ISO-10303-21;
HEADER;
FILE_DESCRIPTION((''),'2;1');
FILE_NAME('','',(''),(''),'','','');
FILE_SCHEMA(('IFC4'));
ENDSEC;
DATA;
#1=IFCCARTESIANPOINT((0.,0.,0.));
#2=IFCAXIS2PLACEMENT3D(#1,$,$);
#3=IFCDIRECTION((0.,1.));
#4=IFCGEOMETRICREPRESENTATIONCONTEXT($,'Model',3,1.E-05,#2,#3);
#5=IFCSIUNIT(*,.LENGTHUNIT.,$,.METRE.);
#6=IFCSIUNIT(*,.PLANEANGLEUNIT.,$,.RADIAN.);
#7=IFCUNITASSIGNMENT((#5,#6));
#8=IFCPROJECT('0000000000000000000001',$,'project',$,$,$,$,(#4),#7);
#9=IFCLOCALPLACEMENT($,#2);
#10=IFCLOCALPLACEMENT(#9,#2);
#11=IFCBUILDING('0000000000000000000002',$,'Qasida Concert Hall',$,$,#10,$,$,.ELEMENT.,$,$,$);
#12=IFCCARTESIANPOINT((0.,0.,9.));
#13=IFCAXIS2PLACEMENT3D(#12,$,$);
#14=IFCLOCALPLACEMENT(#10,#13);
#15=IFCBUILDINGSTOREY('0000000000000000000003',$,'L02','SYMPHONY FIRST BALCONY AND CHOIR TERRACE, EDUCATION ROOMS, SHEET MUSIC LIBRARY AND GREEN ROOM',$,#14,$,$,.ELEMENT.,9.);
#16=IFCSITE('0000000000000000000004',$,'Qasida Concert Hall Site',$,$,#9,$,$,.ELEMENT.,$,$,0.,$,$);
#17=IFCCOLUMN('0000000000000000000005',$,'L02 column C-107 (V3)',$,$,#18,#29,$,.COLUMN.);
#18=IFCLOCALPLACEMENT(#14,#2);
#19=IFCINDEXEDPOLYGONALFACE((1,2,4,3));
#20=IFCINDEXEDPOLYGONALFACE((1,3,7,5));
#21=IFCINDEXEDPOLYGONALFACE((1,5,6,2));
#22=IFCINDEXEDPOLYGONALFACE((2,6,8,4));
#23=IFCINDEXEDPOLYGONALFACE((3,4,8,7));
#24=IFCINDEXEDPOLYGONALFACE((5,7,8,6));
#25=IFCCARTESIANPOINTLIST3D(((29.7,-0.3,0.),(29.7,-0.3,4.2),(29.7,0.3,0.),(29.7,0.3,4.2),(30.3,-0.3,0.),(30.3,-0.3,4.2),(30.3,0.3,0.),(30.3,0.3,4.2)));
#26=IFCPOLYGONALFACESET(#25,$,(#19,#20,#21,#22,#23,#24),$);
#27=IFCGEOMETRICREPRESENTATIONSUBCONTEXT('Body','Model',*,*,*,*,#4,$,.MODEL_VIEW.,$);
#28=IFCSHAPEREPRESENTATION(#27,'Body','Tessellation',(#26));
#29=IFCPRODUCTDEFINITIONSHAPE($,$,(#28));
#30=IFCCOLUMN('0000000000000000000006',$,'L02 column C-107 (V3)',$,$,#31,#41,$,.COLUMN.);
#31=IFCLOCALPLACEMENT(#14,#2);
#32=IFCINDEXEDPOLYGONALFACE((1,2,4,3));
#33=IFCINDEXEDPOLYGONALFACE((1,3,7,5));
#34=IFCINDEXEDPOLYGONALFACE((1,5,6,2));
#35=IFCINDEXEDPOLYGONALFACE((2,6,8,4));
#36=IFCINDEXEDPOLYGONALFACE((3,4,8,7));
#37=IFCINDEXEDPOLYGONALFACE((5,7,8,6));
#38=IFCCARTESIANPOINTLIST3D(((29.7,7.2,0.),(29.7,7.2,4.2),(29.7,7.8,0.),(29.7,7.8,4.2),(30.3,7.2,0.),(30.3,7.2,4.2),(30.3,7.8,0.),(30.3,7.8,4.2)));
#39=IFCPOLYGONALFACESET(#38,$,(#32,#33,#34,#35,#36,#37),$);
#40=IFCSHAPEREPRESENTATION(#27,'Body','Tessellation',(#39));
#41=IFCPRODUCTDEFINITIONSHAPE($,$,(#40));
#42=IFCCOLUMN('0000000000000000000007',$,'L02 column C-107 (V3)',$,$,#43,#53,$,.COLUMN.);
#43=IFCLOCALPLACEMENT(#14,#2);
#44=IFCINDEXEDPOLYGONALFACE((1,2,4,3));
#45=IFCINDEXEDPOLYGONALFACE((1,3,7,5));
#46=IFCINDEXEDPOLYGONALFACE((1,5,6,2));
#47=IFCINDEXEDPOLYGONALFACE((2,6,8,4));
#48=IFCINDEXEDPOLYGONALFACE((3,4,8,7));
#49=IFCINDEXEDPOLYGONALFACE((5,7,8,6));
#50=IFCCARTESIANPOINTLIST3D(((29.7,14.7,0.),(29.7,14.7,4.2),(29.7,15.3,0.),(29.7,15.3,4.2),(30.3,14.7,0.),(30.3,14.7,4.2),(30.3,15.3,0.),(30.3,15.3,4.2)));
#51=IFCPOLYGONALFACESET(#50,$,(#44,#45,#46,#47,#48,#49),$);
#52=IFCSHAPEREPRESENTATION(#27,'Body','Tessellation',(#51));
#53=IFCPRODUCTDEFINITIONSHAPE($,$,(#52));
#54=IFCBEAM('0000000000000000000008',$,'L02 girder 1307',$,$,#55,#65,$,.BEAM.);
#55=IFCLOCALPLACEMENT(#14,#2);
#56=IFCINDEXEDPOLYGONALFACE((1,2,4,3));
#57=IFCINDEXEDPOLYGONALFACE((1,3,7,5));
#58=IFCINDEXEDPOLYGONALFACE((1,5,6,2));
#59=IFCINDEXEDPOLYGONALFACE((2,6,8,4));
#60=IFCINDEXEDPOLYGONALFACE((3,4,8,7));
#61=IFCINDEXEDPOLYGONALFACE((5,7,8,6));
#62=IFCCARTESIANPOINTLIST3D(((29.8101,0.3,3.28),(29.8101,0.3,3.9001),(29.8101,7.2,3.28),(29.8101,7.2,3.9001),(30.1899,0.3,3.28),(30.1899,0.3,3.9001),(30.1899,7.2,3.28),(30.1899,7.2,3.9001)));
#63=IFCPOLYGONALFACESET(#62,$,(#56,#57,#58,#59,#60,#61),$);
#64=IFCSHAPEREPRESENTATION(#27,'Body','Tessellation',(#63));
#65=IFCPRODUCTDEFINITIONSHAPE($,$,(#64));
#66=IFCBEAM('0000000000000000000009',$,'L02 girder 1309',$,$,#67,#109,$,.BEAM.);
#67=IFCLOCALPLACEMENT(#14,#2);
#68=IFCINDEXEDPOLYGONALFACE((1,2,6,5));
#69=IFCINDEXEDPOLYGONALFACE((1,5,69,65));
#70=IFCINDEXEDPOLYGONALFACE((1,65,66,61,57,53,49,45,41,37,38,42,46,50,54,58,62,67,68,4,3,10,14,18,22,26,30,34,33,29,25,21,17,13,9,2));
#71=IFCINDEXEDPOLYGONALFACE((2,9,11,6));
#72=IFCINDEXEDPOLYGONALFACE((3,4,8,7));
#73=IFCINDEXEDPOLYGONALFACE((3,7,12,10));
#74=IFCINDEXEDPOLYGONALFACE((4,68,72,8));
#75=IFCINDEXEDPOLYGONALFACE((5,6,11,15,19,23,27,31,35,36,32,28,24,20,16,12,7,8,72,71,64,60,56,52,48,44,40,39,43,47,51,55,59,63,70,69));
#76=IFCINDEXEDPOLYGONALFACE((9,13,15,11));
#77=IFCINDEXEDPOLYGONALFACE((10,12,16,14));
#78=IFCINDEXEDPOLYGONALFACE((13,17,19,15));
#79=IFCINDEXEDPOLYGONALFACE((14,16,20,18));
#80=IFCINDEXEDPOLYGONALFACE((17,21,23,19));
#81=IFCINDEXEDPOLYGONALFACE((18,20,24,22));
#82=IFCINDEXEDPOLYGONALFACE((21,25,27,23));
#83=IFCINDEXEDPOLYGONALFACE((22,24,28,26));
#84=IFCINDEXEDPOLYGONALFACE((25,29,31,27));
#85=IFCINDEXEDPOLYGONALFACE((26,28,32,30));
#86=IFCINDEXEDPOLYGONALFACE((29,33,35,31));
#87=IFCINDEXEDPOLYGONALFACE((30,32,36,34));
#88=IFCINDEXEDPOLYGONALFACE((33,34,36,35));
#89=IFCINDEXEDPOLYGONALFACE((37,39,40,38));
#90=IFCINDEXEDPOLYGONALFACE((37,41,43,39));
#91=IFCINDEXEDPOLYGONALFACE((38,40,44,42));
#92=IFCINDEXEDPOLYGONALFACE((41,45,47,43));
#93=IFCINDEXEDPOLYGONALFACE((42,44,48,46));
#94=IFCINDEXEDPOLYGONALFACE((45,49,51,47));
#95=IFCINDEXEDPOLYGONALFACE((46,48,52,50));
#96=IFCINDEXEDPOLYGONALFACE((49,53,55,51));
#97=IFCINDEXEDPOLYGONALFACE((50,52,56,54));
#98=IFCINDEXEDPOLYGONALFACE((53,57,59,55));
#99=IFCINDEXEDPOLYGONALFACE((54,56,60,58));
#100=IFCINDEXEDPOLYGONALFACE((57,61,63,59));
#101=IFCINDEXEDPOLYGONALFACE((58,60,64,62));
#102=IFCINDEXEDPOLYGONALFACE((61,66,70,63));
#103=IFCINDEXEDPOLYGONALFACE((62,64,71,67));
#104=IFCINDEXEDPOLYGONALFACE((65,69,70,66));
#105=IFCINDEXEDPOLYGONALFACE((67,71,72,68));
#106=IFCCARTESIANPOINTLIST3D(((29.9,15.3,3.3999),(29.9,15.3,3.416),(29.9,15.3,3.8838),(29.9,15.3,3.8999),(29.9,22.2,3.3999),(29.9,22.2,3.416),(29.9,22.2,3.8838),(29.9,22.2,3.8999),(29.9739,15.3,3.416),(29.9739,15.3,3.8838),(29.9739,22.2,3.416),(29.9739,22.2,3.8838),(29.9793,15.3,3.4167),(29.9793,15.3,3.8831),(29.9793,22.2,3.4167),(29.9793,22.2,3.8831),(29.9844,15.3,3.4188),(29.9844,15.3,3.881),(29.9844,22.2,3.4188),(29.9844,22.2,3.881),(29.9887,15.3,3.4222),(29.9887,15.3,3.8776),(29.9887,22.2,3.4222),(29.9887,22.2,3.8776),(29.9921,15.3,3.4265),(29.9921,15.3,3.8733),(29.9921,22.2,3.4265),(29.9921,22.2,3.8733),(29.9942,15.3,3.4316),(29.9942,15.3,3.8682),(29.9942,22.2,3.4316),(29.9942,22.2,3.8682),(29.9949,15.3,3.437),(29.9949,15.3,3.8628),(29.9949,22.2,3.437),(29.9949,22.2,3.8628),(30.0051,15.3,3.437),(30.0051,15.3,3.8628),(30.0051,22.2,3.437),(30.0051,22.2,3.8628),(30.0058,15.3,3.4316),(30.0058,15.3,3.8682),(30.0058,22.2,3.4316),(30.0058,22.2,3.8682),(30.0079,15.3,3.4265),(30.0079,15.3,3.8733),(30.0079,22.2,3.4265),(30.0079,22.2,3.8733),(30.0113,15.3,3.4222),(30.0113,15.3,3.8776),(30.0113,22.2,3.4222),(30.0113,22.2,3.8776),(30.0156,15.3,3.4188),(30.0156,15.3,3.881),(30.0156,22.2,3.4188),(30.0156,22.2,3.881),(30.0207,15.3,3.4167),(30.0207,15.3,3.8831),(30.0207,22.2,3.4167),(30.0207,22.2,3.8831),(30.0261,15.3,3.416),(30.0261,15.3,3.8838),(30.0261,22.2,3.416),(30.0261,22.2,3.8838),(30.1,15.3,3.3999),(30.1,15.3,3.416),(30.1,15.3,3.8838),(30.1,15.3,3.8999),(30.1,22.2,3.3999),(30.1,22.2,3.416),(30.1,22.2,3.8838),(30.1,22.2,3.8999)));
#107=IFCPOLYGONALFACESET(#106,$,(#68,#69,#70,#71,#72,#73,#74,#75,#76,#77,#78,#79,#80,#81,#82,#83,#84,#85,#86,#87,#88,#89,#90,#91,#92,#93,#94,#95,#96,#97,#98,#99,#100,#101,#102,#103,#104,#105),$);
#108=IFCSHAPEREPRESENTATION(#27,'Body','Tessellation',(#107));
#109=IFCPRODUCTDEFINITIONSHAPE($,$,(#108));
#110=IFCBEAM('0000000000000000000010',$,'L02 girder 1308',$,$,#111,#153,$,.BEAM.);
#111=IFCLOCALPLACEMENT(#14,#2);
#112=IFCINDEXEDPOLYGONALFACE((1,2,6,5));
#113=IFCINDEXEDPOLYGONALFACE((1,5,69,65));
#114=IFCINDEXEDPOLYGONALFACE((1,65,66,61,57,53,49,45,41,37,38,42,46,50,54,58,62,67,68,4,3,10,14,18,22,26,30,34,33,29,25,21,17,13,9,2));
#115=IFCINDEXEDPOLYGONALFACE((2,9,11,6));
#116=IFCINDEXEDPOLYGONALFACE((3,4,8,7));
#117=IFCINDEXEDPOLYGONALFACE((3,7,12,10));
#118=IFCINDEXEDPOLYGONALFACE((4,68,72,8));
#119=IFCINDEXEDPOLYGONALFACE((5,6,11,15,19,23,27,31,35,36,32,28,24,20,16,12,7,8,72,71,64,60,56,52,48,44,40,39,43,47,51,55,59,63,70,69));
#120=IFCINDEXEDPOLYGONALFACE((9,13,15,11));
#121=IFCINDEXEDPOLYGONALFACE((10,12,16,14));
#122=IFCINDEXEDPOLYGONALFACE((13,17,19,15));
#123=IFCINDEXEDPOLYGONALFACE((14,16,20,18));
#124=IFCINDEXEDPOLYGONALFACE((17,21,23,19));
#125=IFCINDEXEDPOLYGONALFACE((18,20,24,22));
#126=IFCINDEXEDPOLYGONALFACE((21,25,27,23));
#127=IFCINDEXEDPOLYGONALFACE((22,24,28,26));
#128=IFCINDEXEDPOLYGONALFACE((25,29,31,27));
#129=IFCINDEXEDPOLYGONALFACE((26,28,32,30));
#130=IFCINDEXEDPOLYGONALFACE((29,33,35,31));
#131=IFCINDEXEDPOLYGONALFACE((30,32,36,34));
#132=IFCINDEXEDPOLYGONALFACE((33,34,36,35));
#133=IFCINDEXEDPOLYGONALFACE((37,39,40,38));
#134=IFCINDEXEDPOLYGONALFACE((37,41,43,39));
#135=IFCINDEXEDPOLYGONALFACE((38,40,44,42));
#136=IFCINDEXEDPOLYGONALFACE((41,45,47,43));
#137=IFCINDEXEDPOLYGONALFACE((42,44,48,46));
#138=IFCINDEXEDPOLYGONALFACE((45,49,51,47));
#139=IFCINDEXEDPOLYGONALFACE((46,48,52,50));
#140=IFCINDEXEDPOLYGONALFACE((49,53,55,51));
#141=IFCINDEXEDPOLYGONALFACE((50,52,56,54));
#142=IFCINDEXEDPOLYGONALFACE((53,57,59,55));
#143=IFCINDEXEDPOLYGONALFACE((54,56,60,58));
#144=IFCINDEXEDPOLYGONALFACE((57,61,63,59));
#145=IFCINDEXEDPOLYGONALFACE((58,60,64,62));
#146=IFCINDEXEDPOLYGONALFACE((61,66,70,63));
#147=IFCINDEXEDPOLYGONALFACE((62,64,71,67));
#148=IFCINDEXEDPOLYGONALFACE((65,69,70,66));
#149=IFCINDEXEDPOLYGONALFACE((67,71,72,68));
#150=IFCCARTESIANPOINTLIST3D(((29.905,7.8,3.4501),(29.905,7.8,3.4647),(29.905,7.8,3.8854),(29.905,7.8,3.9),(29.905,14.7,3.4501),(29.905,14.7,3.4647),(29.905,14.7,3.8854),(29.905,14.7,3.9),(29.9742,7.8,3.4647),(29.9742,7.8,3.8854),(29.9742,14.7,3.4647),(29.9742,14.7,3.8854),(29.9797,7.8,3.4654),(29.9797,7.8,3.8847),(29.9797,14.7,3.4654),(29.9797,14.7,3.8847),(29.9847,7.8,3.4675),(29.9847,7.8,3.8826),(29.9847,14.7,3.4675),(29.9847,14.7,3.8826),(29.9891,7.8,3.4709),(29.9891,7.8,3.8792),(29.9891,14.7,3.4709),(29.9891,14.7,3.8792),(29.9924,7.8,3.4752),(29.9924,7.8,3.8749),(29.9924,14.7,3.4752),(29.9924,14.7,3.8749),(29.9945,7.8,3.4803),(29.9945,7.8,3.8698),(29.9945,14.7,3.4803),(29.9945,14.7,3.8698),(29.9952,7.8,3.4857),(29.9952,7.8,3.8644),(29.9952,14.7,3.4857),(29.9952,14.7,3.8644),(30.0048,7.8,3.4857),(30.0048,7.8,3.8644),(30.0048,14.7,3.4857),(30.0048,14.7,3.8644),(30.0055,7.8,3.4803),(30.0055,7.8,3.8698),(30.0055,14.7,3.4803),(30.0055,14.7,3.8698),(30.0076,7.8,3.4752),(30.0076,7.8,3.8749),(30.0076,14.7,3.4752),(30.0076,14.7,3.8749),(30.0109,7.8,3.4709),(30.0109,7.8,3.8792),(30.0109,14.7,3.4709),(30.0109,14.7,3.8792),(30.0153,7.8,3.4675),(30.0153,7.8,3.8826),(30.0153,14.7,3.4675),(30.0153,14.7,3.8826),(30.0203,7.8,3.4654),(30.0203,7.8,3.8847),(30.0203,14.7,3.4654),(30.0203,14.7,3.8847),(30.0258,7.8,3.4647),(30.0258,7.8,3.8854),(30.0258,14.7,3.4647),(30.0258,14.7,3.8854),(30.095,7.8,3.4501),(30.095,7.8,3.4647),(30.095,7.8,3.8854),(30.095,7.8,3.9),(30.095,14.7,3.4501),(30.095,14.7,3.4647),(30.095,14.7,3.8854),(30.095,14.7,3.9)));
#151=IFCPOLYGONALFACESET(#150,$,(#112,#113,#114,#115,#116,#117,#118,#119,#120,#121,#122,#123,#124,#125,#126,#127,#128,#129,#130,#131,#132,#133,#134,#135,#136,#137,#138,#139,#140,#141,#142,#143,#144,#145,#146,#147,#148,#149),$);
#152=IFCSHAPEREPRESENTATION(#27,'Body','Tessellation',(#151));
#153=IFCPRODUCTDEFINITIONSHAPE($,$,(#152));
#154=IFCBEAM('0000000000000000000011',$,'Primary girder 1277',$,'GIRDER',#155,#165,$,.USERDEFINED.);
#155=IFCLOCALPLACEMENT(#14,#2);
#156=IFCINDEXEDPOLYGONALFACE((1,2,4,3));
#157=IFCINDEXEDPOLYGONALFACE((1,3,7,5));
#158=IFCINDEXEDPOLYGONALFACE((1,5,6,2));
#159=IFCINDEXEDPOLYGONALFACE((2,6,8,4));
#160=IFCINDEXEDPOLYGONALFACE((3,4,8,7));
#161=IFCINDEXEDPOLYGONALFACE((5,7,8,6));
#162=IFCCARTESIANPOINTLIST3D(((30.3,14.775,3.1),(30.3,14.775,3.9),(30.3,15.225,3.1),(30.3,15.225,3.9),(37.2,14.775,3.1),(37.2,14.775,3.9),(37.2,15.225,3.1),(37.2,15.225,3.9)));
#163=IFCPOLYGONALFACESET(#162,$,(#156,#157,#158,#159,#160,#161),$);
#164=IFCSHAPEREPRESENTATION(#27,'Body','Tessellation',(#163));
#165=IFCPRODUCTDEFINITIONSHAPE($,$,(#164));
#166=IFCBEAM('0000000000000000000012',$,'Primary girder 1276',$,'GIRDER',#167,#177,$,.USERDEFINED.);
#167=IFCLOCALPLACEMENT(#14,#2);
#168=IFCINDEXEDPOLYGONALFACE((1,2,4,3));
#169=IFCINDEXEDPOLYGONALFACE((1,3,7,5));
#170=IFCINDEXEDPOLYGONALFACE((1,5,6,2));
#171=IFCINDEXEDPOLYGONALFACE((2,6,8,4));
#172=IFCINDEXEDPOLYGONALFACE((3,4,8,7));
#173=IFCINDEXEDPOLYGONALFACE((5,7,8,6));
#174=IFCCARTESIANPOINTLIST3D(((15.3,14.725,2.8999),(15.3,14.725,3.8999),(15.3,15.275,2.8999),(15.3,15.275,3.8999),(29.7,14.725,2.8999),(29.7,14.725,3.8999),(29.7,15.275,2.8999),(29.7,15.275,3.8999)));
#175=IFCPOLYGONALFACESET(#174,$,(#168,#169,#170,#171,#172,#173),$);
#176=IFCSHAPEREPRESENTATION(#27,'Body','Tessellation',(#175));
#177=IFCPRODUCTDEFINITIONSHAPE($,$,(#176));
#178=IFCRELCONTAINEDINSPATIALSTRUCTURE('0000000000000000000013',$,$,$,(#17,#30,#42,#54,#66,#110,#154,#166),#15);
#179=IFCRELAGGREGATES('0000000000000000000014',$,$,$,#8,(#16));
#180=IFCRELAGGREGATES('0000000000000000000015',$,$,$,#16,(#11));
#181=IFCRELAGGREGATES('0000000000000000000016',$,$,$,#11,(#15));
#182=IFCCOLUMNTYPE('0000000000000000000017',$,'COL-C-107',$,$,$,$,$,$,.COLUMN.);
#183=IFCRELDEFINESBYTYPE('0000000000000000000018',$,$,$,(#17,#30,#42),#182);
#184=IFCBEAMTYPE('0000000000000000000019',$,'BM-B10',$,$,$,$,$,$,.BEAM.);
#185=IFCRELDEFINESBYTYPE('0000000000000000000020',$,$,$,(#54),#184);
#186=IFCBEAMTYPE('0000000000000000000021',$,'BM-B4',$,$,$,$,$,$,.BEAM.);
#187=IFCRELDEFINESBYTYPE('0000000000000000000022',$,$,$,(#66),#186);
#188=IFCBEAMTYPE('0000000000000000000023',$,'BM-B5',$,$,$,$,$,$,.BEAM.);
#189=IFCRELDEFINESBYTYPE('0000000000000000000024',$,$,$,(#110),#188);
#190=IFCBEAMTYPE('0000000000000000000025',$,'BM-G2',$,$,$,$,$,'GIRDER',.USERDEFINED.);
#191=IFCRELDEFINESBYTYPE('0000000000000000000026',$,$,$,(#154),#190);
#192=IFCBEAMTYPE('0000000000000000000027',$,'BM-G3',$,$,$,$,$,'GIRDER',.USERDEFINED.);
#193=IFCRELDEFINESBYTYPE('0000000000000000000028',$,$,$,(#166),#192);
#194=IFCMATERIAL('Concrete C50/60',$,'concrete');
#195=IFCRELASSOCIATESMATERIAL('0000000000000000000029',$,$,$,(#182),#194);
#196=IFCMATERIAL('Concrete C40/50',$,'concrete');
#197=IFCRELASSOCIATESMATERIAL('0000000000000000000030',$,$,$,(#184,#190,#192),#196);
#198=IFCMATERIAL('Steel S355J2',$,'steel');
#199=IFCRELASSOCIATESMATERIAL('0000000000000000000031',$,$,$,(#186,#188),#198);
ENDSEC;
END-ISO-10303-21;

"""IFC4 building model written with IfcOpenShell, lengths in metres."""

from ifc_helpers import new_model, si_unit, direction, frame, origin, origin_2d, place, context, subcontext, project, spatial, rectangle, i_section, extrude, material, material_profile, profile_set, type_object, element, save


model = new_model("IFC4")

# Units and contexts
model_context = context("Model", 3, precision=1e-05, world=origin(), true_north=direction((0.0, 1.0)))
body_context = subcontext(model_context, "Body", "Model", "MODEL_VIEW")
ifc_project = project(units=[si_unit("LENGTHUNIT", "METRE"), si_unit("PLANEANGLEUNIT", "RADIAN")], contexts=[model_context])

# Site, building, storey
site_placement = place(None, origin())
site = spatial("IfcSite", under=ifc_project, at=site_placement, Name="Qasida Concert Hall Site", CompositionType="ELEMENT", RefElevation=0.0)
building_placement = place(site_placement, origin())
building = spatial("IfcBuilding", under=site, at=building_placement, Name="Qasida Concert Hall", CompositionType="ELEMENT")
storey_placement = place(building_placement, frame((0.0, 0.0, 9.0)))
storey = spatial("IfcBuildingStorey", under=building, at=storey_placement, Name="L02", Description="SYMPHONY FIRST BALCONY AND CHOIR TERRACE, EDUCATION ROOMS, SHEET MUSIC LIBRARY AND GREEN ROOM", CompositionType="ELEMENT", Elevation=9.0)

# Columns
ifc_material_1 = material(Name="Concrete C50/60", Category="concrete")
ifc_material_profile_1 = material_profile(ifc_material_1, rectangle(XDim=0.6001, YDim=0.6001, at=origin_2d()), Name="RC 600x600")
ifc_profile_set_1 = profile_set([ifc_material_profile_1], Name="Concrete C50/60")
column_type = type_object("IfcColumnType", Name="COL-C-107", PredefinedType="COLUMN", material=ifc_profile_set_1)
for number, where, z_axis, x_axis, name in (
    (1, (30.0, 0.0, 0.0), (0.0, 0.0, 1.0), (1.0, 0.0, 0.0), "L02 column C-107 (V3)"),
    (2, (30.0, 7.5, 0.0), (0.0, 0.0, 1.0), (1.0, 0.0, 0.0), "L02 column C-107 (V3)"),
    (3, (30.0, 15.0, 0.0), (0.0, 0.0, 1.0), (1.0, 0.0, 0.0), "L02 column C-107 (V3)"),
):
    element("IfcColumn", number, at=place(storey_placement, frame(where, z_axis=z_axis, x_axis=x_axis)), inside=storey, type_object=column_type, Name=name, PredefinedType="COLUMN", context=body_context, shape_type="SweptSolid", body=[
        extrude(rectangle(XDim=0.6001, YDim=0.6001, at=origin_2d()), origin(), (0.0, 0.0, 1.0), 4.2),
    ])

# Beams
ifc_material_2 = material(Name="Concrete C40/50", Category="concrete")
ifc_material_profile_2 = material_profile(ifc_material_2, rectangle(XDim=0.3799, YDim=0.6201, at=origin_2d()), Name="RC 380x620")
ifc_profile_set_2 = profile_set([ifc_material_profile_2], Name="Concrete C40/50")
beam_type_1 = type_object("IfcBeamType", Name="BM-B10", PredefinedType="BEAM", material=ifc_profile_set_2)
beam_1_placement = place(storey_placement, frame((30.0, 0.3, 3.5901), z_axis=(0.0, 1.0, 0.0), x_axis=(-1.0, 0.0, 0.0)))
element("IfcBeam", 4, at=beam_1_placement, inside=storey, type_object=beam_type_1, Name="L02 girder 1307", PredefinedType="BEAM", context=body_context, shape_type="SweptSolid", body=[
    extrude(rectangle(XDim=0.3799, YDim=0.6201, at=origin_2d()), origin(), (0.0, 0.0, 1.0), 6.8999),
])
ifc_material_3 = material(Name="Steel S355J2", Category="steel")
ifc_material_profile_3 = material_profile(ifc_material_3, i_section(OverallWidth=0.2, OverallDepth=0.5, WebThickness=0.0103, FlangeThickness=0.0161, FilletRadius=0.021, at=origin_2d()), Name="IPE 500")
ifc_profile_set_3 = profile_set([ifc_material_profile_3], Name="Steel S355J2")
beam_type_2 = type_object("IfcBeamType", Name="BM-B4", PredefinedType="BEAM", material=ifc_profile_set_3)
beam_2_placement = place(storey_placement, frame((30.0, 15.3, 3.6499), z_axis=(0.0, 1.0, 0.0), x_axis=(-1.0, 0.0, 0.0)))
element("IfcBeam", 5, at=beam_2_placement, inside=storey, type_object=beam_type_2, Name="L02 girder 1309", PredefinedType="BEAM", context=body_context, shape_type="SweptSolid", body=[
    extrude(i_section(OverallWidth=0.2, OverallDepth=0.5, WebThickness=0.0103, FlangeThickness=0.0161, FilletRadius=0.021, at=origin_2d()), origin(), (0.0, 0.0, 1.0), 6.8999),
])
ifc_material_profile_4 = material_profile(ifc_material_3, i_section(OverallWidth=0.1899, OverallDepth=0.45, WebThickness=0.0095, FlangeThickness=0.0146, FilletRadius=0.021, at=origin_2d()), Name="IPE 450")
ifc_profile_set_4 = profile_set([ifc_material_profile_4], Name="Steel S355J2")
beam_type_3 = type_object("IfcBeamType", Name="BM-B5", PredefinedType="BEAM", material=ifc_profile_set_4)
beam_3_placement = place(storey_placement, frame((30.0, 7.8, 3.675), z_axis=(0.0, 1.0, 0.0), x_axis=(-1.0, 0.0, 0.0)))
element("IfcBeam", 6, at=beam_3_placement, inside=storey, type_object=beam_type_3, Name="L02 girder 1308", PredefinedType="BEAM", context=body_context, shape_type="SweptSolid", body=[
    extrude(i_section(OverallWidth=0.1899, OverallDepth=0.45, WebThickness=0.0095, FlangeThickness=0.0146, FilletRadius=0.021, at=origin_2d()), origin(), (0.0, 0.0, 1.0), 6.8999),
])
ifc_material_profile_5 = material_profile(ifc_material_2, rectangle(XDim=0.45, YDim=0.8, at=origin_2d()), Name="RC 450x800")
ifc_profile_set_5 = profile_set([ifc_material_profile_5], Name="Concrete C40/50")
beam_type_4 = type_object("IfcBeamType", Name="BM-G2", ElementType="GIRDER", PredefinedType="USERDEFINED", material=ifc_profile_set_5)
beam_4_placement = place(storey_placement, frame((30.3, 15.0, 3.5), z_axis=(1.0, 0.0, 0.0), x_axis=(0.0, 1.0, 0.0)))
element("IfcBeam", 7, at=beam_4_placement, inside=storey, type_object=beam_type_4, Name="Primary girder 1277", ObjectType="GIRDER", PredefinedType="USERDEFINED", context=body_context, shape_type="SweptSolid", body=[
    extrude(rectangle(XDim=0.45, YDim=0.8, at=origin_2d()), origin(), (0.0, 0.0, 1.0), 6.8999),
])
ifc_material_profile_6 = material_profile(ifc_material_2, rectangle(XDim=0.55, YDim=1.0, at=origin_2d()), Name="RC 550x1000")
ifc_profile_set_6 = profile_set([ifc_material_profile_6], Name="Concrete C40/50")
beam_type_5 = type_object("IfcBeamType", Name="BM-G3", ElementType="GIRDER", PredefinedType="USERDEFINED", material=ifc_profile_set_6)
beam_5_placement = place(storey_placement, frame((15.3, 15.0, 3.3999), z_axis=(1.0, 0.0, 0.0), x_axis=(0.0, 1.0, 0.0)))
element("IfcBeam", 8, at=beam_5_placement, inside=storey, type_object=beam_type_5, Name="Primary girder 1276", ObjectType="GIRDER", PredefinedType="USERDEFINED", context=body_context, shape_type="SweptSolid", body=[
    extrude(rectangle(XDim=0.55, YDim=1.0, at=origin_2d()), origin(), (0.0, 0.0, 1.0), 14.3999),
])

save(model, "model.ifc")
